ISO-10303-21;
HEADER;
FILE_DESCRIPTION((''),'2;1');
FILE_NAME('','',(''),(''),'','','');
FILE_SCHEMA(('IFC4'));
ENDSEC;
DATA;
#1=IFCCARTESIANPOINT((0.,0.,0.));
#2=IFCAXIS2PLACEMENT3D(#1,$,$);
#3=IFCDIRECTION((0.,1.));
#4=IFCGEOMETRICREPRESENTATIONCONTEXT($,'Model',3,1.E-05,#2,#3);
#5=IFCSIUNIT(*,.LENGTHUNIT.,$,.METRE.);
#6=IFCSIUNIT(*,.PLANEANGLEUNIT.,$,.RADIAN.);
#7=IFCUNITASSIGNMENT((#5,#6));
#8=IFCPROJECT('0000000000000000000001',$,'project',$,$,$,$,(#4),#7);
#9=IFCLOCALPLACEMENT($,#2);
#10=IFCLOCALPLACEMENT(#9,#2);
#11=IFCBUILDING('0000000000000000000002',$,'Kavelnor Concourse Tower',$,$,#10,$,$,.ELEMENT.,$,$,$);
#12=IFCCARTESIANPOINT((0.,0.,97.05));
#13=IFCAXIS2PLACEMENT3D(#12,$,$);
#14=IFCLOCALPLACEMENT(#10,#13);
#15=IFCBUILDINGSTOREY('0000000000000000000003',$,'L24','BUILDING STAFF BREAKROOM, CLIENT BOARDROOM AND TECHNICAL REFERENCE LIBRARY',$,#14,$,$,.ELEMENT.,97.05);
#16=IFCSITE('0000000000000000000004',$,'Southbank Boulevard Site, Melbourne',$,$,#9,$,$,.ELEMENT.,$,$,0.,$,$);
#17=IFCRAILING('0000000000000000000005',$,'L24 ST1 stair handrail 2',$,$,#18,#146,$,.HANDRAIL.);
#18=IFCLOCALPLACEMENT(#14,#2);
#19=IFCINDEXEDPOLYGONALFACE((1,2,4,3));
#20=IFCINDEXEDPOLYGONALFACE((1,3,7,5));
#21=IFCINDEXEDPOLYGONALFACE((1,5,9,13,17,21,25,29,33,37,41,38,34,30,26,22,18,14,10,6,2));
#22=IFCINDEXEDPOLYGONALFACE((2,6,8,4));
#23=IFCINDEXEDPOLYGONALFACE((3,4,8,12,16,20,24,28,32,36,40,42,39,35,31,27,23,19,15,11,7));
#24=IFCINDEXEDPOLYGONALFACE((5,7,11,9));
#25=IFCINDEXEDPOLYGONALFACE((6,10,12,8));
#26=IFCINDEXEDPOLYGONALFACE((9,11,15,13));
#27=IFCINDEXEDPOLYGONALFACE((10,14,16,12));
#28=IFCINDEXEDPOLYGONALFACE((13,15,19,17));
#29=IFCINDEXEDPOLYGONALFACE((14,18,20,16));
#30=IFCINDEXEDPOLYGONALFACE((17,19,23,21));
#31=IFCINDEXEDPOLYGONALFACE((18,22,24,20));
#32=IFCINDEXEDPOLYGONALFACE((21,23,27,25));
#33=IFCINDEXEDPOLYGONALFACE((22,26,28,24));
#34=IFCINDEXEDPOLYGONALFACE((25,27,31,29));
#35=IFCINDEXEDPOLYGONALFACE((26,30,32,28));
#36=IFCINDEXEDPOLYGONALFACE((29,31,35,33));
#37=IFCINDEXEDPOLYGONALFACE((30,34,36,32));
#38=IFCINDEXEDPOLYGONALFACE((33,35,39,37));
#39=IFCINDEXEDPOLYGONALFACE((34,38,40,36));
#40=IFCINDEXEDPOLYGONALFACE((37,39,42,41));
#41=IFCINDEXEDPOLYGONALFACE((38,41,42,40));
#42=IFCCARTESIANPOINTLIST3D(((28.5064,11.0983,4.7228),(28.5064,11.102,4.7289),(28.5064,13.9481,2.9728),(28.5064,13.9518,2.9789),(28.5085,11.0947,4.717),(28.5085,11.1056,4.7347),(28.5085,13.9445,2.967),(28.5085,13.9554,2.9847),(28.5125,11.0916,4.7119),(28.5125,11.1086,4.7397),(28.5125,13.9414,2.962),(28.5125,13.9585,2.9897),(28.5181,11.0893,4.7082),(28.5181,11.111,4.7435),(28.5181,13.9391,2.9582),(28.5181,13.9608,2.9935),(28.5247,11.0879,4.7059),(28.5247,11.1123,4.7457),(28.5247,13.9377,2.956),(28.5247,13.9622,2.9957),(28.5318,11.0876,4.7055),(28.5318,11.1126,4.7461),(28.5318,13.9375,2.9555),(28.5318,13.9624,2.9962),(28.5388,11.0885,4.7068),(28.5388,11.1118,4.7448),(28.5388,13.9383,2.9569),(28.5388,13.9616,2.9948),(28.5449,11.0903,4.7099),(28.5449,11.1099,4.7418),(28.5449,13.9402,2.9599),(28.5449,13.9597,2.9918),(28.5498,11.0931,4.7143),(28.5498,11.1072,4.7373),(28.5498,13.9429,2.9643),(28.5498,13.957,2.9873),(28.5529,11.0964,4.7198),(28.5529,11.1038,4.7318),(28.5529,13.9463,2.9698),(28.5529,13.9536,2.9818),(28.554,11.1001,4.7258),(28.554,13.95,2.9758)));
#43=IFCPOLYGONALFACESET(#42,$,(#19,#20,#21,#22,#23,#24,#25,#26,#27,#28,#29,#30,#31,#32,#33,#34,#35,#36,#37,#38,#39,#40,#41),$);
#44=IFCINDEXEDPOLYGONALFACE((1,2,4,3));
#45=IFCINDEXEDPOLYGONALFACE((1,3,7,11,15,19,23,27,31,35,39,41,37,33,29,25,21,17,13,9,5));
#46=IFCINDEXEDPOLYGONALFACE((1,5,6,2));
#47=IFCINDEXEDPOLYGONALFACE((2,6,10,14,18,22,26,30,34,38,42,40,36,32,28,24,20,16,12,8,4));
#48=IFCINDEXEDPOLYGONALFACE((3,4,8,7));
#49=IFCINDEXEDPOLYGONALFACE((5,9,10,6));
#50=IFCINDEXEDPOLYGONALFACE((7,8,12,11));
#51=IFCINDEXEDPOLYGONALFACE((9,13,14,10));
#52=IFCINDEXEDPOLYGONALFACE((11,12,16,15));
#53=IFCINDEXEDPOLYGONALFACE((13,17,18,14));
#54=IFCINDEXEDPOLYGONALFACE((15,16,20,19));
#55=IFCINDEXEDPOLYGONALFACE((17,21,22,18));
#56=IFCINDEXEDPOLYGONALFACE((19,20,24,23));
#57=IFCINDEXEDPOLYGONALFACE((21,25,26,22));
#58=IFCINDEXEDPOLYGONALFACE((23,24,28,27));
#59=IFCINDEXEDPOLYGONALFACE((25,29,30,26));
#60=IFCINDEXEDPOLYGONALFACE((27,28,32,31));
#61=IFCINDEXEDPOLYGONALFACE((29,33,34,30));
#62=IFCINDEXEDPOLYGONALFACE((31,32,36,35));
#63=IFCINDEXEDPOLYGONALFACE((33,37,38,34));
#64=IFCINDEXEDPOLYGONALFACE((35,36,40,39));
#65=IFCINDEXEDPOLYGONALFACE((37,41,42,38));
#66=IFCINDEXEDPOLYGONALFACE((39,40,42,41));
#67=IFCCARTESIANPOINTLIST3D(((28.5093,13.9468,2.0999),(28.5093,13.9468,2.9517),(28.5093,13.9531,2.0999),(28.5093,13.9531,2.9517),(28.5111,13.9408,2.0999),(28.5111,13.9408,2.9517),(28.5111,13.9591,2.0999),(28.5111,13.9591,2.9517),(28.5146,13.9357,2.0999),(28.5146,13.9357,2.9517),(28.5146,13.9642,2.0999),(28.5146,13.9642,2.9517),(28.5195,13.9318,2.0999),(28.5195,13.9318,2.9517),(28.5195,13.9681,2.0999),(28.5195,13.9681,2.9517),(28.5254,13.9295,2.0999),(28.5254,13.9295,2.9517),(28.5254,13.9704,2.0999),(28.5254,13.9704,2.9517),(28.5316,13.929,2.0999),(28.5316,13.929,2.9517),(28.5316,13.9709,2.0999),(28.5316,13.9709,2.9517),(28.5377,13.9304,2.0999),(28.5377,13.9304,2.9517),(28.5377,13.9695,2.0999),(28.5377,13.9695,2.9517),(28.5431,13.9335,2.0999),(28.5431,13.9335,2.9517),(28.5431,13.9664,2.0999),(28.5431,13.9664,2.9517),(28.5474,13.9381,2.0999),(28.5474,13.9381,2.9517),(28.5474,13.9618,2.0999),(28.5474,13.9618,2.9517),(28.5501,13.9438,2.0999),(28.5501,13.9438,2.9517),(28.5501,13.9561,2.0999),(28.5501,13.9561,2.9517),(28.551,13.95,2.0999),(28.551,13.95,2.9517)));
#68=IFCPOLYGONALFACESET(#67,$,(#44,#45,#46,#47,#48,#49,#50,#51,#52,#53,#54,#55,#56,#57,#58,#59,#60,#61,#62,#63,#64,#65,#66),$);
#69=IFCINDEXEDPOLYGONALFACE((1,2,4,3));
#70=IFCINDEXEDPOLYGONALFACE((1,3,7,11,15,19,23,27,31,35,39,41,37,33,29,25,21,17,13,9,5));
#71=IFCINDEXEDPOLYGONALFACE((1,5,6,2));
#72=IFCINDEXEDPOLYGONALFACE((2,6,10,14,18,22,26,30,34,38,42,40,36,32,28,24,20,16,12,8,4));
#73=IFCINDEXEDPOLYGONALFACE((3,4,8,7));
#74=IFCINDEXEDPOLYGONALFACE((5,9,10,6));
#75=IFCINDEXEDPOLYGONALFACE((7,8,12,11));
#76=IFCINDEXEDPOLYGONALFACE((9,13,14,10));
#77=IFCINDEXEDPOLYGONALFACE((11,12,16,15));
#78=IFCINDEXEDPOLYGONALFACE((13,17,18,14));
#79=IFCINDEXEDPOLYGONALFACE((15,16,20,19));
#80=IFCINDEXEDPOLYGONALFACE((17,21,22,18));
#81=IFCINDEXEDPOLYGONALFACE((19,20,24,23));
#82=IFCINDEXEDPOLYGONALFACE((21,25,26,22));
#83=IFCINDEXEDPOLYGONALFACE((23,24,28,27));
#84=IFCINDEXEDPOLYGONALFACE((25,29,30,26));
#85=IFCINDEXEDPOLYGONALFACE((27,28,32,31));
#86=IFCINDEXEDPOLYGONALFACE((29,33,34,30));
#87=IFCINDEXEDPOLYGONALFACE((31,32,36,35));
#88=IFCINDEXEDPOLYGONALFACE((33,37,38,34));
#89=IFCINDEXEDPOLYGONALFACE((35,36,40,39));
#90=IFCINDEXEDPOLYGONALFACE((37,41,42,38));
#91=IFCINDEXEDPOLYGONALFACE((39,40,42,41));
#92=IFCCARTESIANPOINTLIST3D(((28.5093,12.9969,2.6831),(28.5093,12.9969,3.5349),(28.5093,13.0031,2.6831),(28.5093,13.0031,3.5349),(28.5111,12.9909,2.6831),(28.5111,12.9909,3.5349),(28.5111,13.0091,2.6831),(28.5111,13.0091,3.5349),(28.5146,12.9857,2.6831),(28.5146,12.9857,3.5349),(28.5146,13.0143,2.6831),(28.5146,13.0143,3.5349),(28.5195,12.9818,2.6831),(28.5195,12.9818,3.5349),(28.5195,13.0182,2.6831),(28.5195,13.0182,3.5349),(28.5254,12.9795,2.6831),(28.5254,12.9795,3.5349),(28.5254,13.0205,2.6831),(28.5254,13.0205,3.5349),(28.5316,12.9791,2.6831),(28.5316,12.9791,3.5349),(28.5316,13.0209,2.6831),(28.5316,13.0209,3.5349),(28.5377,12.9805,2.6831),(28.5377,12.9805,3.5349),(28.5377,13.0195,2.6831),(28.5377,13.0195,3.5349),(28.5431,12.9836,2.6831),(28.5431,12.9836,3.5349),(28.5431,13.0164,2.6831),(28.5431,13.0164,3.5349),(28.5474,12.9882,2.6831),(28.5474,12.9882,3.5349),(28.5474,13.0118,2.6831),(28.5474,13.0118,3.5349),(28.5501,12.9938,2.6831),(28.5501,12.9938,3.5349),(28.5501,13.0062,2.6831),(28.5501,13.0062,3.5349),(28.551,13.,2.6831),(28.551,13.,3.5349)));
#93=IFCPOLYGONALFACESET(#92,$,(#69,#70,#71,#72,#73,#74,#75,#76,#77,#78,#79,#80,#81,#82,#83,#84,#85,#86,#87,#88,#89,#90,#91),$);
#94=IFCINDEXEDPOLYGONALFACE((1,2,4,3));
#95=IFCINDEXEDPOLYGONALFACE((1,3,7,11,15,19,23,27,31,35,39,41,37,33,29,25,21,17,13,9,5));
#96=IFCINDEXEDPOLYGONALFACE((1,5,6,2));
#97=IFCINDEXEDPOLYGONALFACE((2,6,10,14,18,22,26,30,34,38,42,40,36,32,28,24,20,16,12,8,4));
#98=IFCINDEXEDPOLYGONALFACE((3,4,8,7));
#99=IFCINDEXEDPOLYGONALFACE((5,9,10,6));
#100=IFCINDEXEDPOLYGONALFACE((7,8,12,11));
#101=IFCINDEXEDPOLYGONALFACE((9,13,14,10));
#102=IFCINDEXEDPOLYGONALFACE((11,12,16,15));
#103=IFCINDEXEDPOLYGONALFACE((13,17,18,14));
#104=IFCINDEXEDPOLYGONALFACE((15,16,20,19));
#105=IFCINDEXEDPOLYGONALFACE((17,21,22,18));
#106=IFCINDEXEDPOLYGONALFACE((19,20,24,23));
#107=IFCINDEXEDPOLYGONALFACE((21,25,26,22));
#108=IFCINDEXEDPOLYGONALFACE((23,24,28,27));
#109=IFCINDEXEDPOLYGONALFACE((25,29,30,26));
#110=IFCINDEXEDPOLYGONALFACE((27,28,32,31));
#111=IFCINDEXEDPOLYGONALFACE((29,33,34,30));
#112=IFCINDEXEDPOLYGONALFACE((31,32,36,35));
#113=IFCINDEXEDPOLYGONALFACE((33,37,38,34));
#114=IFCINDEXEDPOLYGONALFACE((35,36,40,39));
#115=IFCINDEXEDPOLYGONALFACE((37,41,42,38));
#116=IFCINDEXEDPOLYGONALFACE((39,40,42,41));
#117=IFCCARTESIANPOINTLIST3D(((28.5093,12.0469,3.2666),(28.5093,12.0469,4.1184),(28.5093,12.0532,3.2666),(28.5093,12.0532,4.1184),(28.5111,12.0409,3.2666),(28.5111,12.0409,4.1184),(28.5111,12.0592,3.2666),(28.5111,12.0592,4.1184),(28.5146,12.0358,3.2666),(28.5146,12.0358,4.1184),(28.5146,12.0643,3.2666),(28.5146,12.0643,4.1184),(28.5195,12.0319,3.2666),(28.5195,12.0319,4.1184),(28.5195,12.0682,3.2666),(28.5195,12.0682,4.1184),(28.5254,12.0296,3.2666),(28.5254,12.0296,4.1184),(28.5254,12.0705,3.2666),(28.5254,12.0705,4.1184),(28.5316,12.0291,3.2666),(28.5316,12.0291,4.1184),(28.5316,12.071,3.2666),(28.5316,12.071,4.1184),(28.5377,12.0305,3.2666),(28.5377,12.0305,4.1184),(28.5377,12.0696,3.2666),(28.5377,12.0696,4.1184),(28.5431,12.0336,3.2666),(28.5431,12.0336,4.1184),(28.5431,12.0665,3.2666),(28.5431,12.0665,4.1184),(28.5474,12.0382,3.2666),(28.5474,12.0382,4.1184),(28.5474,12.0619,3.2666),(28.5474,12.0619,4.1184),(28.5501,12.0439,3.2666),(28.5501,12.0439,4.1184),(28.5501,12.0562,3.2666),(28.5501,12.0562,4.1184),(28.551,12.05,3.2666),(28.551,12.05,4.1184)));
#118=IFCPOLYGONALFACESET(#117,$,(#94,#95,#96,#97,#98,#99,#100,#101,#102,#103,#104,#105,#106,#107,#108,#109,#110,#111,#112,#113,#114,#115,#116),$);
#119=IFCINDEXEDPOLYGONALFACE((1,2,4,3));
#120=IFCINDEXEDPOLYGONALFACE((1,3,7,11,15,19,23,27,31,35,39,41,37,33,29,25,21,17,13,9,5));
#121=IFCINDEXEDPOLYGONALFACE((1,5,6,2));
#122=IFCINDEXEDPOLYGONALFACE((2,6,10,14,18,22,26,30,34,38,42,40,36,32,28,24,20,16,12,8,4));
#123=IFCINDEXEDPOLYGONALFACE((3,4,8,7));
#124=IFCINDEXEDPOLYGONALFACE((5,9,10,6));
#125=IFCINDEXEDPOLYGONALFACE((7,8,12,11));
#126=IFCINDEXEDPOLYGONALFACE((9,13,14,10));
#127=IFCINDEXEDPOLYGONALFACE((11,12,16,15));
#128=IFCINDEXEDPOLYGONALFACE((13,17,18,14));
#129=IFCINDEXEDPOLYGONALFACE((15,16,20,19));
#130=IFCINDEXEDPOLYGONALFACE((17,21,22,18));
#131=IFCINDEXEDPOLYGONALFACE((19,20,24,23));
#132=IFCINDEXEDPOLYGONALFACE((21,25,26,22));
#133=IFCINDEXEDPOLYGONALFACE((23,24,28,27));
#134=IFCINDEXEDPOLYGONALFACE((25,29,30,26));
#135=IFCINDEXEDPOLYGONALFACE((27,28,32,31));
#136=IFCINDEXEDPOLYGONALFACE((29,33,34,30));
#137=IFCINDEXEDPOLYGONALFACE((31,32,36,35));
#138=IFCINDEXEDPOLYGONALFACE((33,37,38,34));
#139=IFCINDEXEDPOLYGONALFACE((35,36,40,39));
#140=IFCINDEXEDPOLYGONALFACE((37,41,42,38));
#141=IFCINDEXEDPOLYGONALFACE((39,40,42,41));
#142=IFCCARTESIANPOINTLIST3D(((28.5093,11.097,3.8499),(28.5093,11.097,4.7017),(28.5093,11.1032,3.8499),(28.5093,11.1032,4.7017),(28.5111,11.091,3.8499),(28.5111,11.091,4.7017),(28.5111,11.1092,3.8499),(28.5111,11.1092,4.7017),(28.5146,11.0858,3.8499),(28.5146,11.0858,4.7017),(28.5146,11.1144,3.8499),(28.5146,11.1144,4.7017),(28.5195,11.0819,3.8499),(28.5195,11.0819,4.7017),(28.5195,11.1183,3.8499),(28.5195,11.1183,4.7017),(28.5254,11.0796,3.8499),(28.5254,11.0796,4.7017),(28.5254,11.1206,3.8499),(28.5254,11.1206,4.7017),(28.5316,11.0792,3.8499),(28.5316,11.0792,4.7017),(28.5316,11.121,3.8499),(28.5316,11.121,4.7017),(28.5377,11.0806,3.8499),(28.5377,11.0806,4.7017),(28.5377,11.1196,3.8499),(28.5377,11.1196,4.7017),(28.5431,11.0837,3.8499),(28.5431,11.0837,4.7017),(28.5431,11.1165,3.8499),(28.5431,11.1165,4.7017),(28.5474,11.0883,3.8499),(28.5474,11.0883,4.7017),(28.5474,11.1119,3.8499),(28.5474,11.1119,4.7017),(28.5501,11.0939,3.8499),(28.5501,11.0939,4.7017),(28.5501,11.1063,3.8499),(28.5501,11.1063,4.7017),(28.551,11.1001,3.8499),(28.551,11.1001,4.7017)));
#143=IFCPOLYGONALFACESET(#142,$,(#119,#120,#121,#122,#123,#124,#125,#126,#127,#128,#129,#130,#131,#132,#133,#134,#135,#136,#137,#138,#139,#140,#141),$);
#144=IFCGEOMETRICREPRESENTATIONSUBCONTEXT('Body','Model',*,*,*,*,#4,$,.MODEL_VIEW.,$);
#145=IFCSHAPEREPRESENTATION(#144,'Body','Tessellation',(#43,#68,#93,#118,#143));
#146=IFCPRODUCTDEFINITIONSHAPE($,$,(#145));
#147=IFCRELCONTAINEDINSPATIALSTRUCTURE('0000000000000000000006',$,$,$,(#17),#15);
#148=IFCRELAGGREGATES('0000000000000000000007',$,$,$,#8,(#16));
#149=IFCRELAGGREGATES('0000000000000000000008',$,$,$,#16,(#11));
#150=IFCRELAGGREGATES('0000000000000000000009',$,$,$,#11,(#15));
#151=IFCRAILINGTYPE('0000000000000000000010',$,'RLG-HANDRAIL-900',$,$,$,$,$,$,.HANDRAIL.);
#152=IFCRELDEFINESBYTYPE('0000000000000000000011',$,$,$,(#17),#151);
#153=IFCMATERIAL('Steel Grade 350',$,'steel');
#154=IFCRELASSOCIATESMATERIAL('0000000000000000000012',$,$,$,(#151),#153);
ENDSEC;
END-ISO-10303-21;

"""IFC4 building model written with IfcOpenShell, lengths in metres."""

from ifc_helpers import new_model, si_unit, direction, frame, origin, origin_2d, place, context, subcontext, project, spatial, circle, extrude, material, type_object, element, save


model = new_model("IFC4")

# Units and contexts
model_context = context("Model", 3, precision=1e-05, world=origin(), true_north=direction((0.0, 1.0)))
body_context = subcontext(model_context, "Body", "Model", "MODEL_VIEW")
ifc_project = project(units=[si_unit("LENGTHUNIT", "METRE"), si_unit("PLANEANGLEUNIT", "RADIAN")], contexts=[model_context])

# Site, building, storey
site_placement = place(None, origin())
site = spatial("IfcSite", under=ifc_project, at=site_placement, Name="Southbank Boulevard Site, Melbourne", CompositionType="ELEMENT", RefElevation=0.0)
building_placement = place(site_placement, origin())
building = spatial("IfcBuilding", under=site, at=building_placement, Name="Kavelnor Concourse Tower", CompositionType="ELEMENT")
storey_placement = place(building_placement, frame((0.0, 0.0, 97.05)))
storey = spatial("IfcBuildingStorey", under=building, at=storey_placement, Name="L24", Description="BUILDING STAFF BREAKROOM, CLIENT BOARDROOM AND TECHNICAL REFERENCE LIBRARY", CompositionType="ELEMENT", Elevation=97.05)

# Shared definitions
ifc_material_1 = material(Name="Steel Grade 350", Category="steel")

# Railing
railing_type_1 = type_object("IfcRailingType", Name="RLG-HANDRAIL-900", PredefinedType="HANDRAIL", material=ifc_material_1)
railing_1_placement = place(storey_placement, frame((28.53, 13.95, 2.0999)))
element("IfcRailing", 1, at=railing_1_placement, inside=storey, type_object=railing_type_1, Name="L24 ST1 stair handrail 2", PredefinedType="HANDRAIL", context=body_context, shape_type="SweptSolid", body=[
    extrude(circle(Radius=0.0239, at=origin_2d()), frame((0.0, 0.0, 0.876), z_axis=(0.0, -0.852159, 0.523283), x_axis=(1.0, 0.0, 0.0)), (0.0, 0.0, 1.0), 3.3442),
    extrude(circle(Radius=0.021, at=origin_2d()), origin(), (0.0, 0.0, 1.0), 0.8518),
    extrude(circle(Radius=0.021, at=origin_2d()), frame((0.0, -0.95, 0.5833)), (0.0, 0.0, 1.0), 0.8518),
    extrude(circle(Radius=0.021, at=origin_2d()), frame((0.0, -1.8999, 1.1667)), (0.0, 0.0, 1.0), 0.8518),
    extrude(circle(Radius=0.021, at=origin_2d()), frame((0.0, -2.8499, 1.75)), (0.0, 0.0, 1.0), 0.8518),
])

save(model, "model.ifc")
